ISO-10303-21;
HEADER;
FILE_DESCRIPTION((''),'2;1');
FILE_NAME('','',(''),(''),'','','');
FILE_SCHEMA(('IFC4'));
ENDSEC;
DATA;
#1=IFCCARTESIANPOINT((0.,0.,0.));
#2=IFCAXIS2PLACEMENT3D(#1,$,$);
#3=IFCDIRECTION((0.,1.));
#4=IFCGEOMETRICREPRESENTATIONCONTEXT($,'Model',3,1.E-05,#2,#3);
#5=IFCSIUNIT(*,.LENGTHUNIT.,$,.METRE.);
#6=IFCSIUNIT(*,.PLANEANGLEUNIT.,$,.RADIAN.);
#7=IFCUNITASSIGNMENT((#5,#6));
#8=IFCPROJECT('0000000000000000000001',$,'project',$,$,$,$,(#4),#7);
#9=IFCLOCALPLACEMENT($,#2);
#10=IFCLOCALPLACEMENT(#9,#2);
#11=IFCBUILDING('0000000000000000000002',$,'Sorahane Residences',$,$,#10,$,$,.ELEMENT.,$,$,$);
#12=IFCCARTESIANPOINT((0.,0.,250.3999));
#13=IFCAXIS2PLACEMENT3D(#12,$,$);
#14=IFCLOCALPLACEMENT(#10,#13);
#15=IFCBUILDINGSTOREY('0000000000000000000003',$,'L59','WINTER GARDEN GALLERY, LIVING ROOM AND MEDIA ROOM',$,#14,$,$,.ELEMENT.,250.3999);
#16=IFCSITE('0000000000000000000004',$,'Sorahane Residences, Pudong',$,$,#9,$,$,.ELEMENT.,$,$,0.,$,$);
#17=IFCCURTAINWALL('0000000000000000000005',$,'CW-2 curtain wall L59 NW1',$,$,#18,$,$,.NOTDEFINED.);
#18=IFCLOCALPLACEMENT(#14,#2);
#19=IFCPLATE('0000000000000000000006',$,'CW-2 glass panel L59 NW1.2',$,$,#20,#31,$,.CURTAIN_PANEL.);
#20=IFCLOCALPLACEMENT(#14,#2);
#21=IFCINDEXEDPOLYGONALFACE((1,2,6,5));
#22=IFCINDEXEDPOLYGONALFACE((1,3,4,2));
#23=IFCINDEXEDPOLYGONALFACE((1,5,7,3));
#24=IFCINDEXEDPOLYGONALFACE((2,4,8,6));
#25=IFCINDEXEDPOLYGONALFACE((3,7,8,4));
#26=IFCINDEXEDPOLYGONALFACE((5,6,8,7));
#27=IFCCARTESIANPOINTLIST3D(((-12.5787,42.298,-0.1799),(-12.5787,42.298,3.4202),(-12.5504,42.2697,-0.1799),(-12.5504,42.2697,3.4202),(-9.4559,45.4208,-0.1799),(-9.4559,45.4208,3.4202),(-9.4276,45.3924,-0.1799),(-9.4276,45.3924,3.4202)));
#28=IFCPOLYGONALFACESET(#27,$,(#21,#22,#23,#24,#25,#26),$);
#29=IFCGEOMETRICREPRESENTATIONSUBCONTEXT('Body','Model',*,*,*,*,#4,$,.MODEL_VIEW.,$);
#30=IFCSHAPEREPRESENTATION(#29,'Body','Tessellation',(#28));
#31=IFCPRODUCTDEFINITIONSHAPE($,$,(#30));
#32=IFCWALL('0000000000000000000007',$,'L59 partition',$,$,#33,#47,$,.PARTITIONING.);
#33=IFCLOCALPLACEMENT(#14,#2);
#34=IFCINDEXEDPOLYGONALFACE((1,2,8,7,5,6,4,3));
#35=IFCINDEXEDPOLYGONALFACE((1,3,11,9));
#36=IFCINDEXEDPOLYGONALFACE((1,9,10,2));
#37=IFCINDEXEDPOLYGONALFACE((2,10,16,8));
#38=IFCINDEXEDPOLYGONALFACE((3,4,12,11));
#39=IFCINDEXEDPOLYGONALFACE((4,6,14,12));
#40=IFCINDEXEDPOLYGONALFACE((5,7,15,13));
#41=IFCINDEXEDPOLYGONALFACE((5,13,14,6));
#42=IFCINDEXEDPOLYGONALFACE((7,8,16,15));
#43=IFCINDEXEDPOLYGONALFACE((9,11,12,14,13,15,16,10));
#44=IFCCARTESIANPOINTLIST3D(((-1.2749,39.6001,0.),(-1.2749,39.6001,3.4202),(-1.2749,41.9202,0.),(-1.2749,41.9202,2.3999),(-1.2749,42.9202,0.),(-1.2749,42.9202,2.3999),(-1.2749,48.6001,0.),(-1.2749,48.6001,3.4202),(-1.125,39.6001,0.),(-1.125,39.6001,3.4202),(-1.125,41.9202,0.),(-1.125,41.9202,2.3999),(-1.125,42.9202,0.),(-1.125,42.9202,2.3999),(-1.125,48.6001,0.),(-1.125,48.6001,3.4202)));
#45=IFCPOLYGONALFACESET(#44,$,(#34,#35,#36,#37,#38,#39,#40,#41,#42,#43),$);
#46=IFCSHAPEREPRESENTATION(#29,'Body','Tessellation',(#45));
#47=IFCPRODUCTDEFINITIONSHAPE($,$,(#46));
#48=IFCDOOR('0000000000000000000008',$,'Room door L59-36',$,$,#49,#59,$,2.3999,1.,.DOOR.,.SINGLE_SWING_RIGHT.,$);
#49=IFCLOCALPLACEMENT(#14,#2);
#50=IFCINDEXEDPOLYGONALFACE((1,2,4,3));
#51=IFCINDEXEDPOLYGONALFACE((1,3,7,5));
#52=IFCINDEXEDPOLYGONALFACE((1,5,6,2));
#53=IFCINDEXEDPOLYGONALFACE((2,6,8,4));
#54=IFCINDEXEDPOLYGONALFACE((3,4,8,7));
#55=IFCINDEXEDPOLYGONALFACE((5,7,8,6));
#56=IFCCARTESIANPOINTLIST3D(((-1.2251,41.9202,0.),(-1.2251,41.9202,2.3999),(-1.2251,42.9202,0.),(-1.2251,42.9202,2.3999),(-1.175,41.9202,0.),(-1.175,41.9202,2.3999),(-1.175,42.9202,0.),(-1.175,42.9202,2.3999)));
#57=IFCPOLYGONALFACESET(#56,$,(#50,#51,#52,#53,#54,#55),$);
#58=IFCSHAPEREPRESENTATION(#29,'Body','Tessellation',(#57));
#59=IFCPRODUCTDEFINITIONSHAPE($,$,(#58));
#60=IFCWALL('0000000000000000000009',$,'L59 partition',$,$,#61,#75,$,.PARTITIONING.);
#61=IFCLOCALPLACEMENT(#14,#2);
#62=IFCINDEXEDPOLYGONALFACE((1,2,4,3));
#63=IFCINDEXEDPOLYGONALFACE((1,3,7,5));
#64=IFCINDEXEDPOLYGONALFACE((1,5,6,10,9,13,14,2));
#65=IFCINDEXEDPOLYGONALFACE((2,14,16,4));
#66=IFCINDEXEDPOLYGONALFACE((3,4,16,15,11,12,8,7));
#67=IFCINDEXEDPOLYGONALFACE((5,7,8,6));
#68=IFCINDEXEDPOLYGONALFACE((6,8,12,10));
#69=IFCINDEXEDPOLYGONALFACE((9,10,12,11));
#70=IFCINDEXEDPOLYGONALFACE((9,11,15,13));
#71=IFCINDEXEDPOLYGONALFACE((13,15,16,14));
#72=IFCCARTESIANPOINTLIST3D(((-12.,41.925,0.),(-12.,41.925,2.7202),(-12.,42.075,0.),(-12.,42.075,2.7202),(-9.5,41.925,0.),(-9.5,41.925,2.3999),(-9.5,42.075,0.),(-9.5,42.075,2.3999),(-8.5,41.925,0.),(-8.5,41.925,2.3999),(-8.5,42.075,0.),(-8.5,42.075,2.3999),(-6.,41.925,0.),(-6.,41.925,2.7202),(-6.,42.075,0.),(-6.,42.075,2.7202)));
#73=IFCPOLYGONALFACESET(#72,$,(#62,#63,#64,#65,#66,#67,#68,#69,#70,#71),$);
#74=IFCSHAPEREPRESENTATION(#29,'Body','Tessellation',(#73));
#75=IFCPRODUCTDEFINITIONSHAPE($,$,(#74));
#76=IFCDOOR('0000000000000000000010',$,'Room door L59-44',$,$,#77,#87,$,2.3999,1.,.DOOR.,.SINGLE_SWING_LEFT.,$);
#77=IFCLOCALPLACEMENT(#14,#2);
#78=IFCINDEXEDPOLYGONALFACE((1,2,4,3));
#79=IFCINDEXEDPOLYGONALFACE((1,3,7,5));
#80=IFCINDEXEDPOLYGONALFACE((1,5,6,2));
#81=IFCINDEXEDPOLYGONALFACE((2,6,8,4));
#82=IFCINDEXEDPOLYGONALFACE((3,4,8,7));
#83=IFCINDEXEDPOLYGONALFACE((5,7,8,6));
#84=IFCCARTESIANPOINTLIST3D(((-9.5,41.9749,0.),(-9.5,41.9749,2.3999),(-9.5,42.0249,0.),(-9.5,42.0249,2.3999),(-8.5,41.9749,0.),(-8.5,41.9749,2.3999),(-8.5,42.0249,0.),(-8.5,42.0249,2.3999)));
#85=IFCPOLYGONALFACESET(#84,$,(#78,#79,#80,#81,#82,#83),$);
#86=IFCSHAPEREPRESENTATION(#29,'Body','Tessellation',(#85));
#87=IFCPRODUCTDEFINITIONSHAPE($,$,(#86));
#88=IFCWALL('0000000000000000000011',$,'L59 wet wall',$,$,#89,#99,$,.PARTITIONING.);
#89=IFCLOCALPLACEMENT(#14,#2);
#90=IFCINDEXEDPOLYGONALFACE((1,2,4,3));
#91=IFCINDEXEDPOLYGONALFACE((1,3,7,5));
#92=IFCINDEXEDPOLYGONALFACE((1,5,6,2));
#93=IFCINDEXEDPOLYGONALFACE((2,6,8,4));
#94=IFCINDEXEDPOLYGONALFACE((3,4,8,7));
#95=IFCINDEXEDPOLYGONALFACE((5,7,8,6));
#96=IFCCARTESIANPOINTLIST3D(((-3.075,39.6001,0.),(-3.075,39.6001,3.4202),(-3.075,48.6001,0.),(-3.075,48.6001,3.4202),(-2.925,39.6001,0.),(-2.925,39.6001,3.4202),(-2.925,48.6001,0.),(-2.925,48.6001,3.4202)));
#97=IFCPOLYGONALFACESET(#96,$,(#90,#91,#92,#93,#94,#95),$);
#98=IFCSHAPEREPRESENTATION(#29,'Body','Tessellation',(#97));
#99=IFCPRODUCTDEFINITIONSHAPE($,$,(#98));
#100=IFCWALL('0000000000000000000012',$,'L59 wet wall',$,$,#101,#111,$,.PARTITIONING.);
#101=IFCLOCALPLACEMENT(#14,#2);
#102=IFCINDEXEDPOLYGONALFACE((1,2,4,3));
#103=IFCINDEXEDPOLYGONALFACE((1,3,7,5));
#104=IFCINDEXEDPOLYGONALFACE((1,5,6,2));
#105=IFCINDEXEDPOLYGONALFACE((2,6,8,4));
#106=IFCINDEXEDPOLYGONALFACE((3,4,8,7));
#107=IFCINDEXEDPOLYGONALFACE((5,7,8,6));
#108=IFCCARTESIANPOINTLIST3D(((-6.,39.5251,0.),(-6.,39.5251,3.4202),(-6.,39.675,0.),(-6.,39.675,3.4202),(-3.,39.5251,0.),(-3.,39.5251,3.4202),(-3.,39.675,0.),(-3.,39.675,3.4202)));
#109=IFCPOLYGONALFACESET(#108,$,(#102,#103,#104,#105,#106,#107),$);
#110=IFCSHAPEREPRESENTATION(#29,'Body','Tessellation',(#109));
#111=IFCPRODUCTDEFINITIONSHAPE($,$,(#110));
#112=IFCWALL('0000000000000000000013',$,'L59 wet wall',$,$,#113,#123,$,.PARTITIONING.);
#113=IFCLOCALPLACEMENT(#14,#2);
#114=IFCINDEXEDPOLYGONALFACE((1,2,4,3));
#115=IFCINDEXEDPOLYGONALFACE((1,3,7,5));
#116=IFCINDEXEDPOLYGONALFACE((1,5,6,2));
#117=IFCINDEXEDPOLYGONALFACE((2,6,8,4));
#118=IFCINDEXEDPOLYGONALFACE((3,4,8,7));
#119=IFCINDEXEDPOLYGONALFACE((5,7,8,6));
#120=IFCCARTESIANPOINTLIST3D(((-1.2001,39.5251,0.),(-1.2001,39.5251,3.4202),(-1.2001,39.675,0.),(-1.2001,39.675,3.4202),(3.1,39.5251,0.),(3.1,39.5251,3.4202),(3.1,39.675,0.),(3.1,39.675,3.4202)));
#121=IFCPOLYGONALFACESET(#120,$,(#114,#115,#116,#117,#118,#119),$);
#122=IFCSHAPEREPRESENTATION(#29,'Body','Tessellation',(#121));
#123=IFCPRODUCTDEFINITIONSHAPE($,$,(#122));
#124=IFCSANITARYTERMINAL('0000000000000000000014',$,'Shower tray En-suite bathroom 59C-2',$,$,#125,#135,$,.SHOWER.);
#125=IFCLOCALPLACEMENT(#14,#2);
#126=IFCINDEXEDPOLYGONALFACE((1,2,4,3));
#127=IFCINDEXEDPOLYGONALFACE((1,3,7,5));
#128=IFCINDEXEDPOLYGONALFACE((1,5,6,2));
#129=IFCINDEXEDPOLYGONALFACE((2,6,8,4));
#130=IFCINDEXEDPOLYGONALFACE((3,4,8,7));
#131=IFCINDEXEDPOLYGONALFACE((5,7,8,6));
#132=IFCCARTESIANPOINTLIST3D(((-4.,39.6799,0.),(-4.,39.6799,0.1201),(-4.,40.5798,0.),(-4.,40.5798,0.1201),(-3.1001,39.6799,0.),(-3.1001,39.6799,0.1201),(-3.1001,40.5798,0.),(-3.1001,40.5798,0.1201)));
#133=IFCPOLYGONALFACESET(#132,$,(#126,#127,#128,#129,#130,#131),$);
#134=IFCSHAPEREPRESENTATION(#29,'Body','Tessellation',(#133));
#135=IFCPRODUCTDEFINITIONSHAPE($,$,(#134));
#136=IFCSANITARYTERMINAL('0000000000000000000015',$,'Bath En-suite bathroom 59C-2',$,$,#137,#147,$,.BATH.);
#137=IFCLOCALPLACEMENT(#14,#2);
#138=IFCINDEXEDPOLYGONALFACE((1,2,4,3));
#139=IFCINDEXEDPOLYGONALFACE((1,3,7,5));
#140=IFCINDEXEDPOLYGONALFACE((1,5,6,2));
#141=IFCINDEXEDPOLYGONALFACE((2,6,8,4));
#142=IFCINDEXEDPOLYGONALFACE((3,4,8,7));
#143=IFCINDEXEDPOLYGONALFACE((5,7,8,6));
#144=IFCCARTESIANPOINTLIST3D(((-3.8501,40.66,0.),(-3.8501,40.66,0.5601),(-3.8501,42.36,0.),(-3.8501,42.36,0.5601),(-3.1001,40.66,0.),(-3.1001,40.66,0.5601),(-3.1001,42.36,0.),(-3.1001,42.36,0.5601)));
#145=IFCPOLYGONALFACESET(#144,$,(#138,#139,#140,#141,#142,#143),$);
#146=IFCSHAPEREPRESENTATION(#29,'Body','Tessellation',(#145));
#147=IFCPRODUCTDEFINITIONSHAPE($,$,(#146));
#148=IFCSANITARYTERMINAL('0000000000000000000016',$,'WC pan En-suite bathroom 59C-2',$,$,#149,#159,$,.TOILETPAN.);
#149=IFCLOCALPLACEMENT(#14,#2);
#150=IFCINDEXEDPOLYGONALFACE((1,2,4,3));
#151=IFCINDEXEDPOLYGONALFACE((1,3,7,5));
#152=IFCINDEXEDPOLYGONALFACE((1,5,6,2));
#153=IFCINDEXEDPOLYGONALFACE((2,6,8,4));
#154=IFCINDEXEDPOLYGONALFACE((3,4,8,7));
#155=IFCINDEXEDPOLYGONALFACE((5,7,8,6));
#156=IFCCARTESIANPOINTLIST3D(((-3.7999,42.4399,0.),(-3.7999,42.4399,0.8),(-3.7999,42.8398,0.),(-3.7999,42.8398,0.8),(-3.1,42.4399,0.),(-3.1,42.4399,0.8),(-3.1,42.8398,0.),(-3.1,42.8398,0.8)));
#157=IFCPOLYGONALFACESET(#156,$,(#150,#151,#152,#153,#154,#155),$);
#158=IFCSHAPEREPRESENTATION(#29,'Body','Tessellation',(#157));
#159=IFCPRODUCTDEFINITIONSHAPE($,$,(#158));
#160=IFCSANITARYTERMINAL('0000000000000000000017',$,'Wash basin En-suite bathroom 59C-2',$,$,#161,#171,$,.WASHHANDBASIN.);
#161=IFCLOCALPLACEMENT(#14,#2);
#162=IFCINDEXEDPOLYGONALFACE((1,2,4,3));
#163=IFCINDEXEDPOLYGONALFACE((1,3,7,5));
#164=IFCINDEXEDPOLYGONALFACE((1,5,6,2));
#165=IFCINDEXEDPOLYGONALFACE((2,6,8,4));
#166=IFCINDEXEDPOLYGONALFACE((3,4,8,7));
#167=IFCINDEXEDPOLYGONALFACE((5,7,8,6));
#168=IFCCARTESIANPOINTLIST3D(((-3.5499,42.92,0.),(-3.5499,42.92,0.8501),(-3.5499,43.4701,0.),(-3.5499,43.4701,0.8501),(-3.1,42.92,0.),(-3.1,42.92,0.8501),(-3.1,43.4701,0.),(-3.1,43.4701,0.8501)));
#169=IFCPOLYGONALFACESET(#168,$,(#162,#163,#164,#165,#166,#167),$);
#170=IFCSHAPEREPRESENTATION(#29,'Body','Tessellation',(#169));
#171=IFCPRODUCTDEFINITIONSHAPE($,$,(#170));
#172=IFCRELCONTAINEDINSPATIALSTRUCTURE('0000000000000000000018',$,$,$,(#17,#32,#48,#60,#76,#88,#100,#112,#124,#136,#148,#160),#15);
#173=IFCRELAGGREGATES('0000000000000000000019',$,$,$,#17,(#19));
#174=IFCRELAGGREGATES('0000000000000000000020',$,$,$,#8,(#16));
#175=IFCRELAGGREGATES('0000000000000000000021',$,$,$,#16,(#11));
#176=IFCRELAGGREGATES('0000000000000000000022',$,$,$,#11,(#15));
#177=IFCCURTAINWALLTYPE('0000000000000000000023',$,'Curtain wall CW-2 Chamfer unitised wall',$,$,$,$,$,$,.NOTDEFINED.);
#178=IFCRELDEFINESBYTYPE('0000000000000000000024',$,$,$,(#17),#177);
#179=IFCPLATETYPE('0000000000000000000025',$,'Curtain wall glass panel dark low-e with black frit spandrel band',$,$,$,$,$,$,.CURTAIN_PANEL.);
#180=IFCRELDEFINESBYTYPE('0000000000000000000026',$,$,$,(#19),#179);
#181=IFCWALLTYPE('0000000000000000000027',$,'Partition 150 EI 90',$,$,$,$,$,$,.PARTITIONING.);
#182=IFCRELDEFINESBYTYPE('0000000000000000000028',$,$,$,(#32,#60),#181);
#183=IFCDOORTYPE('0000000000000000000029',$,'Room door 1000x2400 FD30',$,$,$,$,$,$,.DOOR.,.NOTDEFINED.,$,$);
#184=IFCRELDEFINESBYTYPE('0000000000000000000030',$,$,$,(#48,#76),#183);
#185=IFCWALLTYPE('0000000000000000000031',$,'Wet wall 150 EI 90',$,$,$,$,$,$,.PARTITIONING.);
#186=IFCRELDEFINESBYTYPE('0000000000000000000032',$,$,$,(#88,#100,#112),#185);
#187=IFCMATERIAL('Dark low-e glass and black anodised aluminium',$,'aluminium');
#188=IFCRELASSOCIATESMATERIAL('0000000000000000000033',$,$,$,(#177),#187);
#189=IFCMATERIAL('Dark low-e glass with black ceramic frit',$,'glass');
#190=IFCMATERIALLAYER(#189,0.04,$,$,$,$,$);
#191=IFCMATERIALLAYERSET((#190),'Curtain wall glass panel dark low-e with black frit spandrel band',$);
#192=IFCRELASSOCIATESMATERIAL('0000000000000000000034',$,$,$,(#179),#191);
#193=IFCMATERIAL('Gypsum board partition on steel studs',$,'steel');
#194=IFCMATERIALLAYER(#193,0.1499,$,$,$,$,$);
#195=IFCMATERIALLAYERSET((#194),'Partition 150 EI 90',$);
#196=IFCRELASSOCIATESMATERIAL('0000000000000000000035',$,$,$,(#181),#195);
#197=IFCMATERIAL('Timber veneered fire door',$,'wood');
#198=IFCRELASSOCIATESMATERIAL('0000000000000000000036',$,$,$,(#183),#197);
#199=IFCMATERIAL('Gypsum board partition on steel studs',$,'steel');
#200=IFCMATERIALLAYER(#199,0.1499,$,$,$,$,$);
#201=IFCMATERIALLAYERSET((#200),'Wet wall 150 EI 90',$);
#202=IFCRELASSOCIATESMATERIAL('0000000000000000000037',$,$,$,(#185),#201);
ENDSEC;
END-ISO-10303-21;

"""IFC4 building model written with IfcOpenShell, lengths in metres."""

from ifc_helpers import new_model, si_unit, direction, frame, frame_2d, origin, origin_2d, place, context, subcontext, project, spatial, rectangle, extrude, material, layer, layer_set, type_object, element, fill, aggregate, save


model = new_model("IFC4")

# Units and contexts
model_context = context("Model", 3, precision=1e-05, world=origin(), true_north=direction((0.0, 1.0)))
body_context = subcontext(model_context, "Body", "Model", "MODEL_VIEW")
ifc_project = project(units=[si_unit("LENGTHUNIT", "METRE"), si_unit("PLANEANGLEUNIT", "RADIAN")], contexts=[model_context])

# Site, building, storey
site_placement = place(None, origin())
site = spatial("IfcSite", under=ifc_project, at=site_placement, Name="Sorahane Residences, Pudong", CompositionType="ELEMENT", RefElevation=0.0)
building_placement = place(site_placement, origin())
building = spatial("IfcBuilding", under=site, at=building_placement, Name="Sorahane Residences", CompositionType="ELEMENT")
storey_placement = place(building_placement, frame((0.0, 0.0, 250.3999)))
storey = spatial("IfcBuildingStorey", under=building, at=storey_placement, Name="L59", Description="WINTER GARDEN GALLERY, LIVING ROOM AND MEDIA ROOM", CompositionType="ELEMENT", Elevation=250.3999)

# Curtain wall
ifc_material_1 = material(Name="Dark low-e glass and black anodised aluminium", Category="aluminium")
curtain_wall_type_1 = type_object("IfcCurtainWallType", Name="Curtain wall CW-2 Chamfer unitised wall", PredefinedType="NOTDEFINED", material=ifc_material_1)
curtain_wall_1_placement = place(storey_placement, origin())
curtain_wall_1 = element("IfcCurtainWall", 1, at=curtain_wall_1_placement, inside=storey, type_object=curtain_wall_type_1, Name="CW-2 curtain wall L59 NW1", PredefinedType="NOTDEFINED")

# Plate
ifc_material_2 = material(Name="Dark low-e glass with black ceramic frit", Category="glass")
ifc_layer_1 = layer(ifc_material_2, 0.04)
ifc_layer_set_1 = layer_set([ifc_layer_1], Name="Curtain wall glass panel dark low-e with black frit spandrel band")
plate_type = type_object("IfcPlateType", Name="Curtain wall glass panel dark low-e with black frit spandrel band", PredefinedType="CURTAIN_PANEL", material=ifc_layer_set_1)
plate_1_placement = place(storey_placement, frame((-11.0032, 43.8452, -0.1799), z_axis=(0.0, 0.0, 1.0), x_axis=(-0.707107, -0.707107, 0.0)))
plate_1 = element("IfcPlate", 2, at=plate_1_placement, type_object=plate_type, Name="CW-2 glass panel L59 NW1.2", PredefinedType="CURTAIN_PANEL", context=body_context, shape_type="SweptSolid", body=[
    extrude(rectangle(XDim=4.4163, YDim=0.04, at=origin_2d()), origin(), (0.0, 0.0, 1.0), 3.6001),
])
aggregate(curtain_wall_1, [plate_1])

# Walls, openings, doors
ifc_material_3 = material(Name="Gypsum board partition on steel studs", Category="steel")
ifc_layer_2 = layer(ifc_material_3, 0.1499)
ifc_layer_set_2 = layer_set([ifc_layer_2], Name="Partition 150 EI 90")
wall_type_1 = type_object("IfcWallType", Name="Partition 150 EI 90", PredefinedType="PARTITIONING", material=ifc_layer_set_2)
wall_1_placement = place(storey_placement, frame((-1.2, 39.6001, 0.0), z_axis=(0.0, 0.0, 1.0), x_axis=(0.0, 1.0, 0.0)))
wall_1 = element("IfcWall", 3, at=wall_1_placement, inside=storey, type_object=wall_type_1, Name="L59 partition", PredefinedType="PARTITIONING", context=body_context, shape_type="SweptSolid", body=[
    extrude(rectangle(XDim=9.0, YDim=0.1499, at=frame_2d((4.5, 0.0))), origin(), (0.0, 0.0, 1.0), 3.4202),
])
opening_1_placement = place(wall_1_placement, frame((2.3201, 0.0, 0.0)))
opening_1 = element("IfcOpeningElement", 4, at=opening_1_placement, cuts=wall_1, PredefinedType="OPENING", context=body_context, shape_type="SweptSolid", body=[
    extrude(rectangle(XDim=1.0, YDim=2.3999, at=frame_2d((0.5, 1.2))), frame((0.0, 0.085, 0.0), z_axis=(0.0, -1.0, 0.0), x_axis=(1.0, 0.0, 0.0)), (0.0, 0.0, 1.0), 0.1699),
])
ifc_material_4 = material(Name="Timber veneered fire door", Category="wood")
door_type = type_object("IfcDoorType", Name="Room door 1000x2400 FD30", OperationType="NOTDEFINED", PredefinedType="DOOR", material=ifc_material_4)
door_1_placement = place(opening_1_placement, frame((1.0, 0.0, 0.0), z_axis=(0.0, 0.0, 1.0), x_axis=(-1.0, 0.0, 0.0)))
door_1 = element("IfcDoor", 5, at=door_1_placement, inside=storey, type_object=door_type, Name="Room door L59-36", OperationType="SINGLE_SWING_RIGHT", OverallHeight=2.3999, OverallWidth=1.0, PredefinedType="DOOR", context=body_context, shape_type="SweptSolid", body=[
    extrude(rectangle(XDim=1.0, YDim=2.3999, at=frame_2d((0.5, 1.2))), frame((0.0, 0.0249, 0.0), z_axis=(0.0, -1.0, 0.0), x_axis=(1.0, 0.0, 0.0)), (0.0, 0.0, 1.0), 0.05),
])
fill(opening_1, door_1)
wall_2_placement = place(storey_placement, frame((-12.0, 42.0, 0.0), z_axis=(0.0, 0.0, 1.0), x_axis=(1.0, 0.0, 0.0)))
wall_2 = element("IfcWall", 6, at=wall_2_placement, inside=storey, type_object=wall_type_1, Name="L59 partition", PredefinedType="PARTITIONING", context=body_context, shape_type="SweptSolid", body=[
    extrude(rectangle(XDim=6.0, YDim=0.1499, at=frame_2d((3.0, 0.0))), origin(), (0.0, 0.0, 1.0), 2.7202),
])
opening_2_placement = place(wall_2_placement, frame((2.5, 0.0, 0.0)))
opening_2 = element("IfcOpeningElement", 7, at=opening_2_placement, cuts=wall_2, PredefinedType="OPENING", context=body_context, shape_type="SweptSolid", body=[
    extrude(rectangle(XDim=1.0, YDim=2.3999, at=frame_2d((0.5, 1.2))), frame((0.0, 0.085, 0.0), z_axis=(0.0, -1.0, 0.0), x_axis=(1.0, 0.0, 0.0)), (0.0, 0.0, 1.0), 0.1699),
])
door_2_placement = place(opening_2_placement, origin())
door_2 = element("IfcDoor", 8, at=door_2_placement, inside=storey, type_object=door_type, Name="Room door L59-44", OperationType="SINGLE_SWING_LEFT", OverallHeight=2.3999, OverallWidth=1.0, PredefinedType="DOOR", context=body_context, shape_type="SweptSolid", body=[
    extrude(rectangle(XDim=1.0, YDim=2.3999, at=frame_2d((0.5, 1.2))), frame((0.0, 0.0249, 0.0), z_axis=(0.0, -1.0, 0.0), x_axis=(1.0, 0.0, 0.0)), (0.0, 0.0, 1.0), 0.05),
])
fill(opening_2, door_2)

# Walls
ifc_material_5 = material(Name="Gypsum board partition on steel studs", Category="steel")
ifc_layer_3 = layer(ifc_material_5, 0.1499)
ifc_layer_set_3 = layer_set([ifc_layer_3], Name="Wet wall 150 EI 90")
wall_type_2 = type_object("IfcWallType", Name="Wet wall 150 EI 90", PredefinedType="PARTITIONING", material=ifc_layer_set_3)
wall_3_placement = place(storey_placement, frame((-3.0, 39.6001, 0.0), z_axis=(0.0, 0.0, 1.0), x_axis=(0.0, 1.0, 0.0)))
element("IfcWall", 9, at=wall_3_placement, inside=storey, type_object=wall_type_2, Name="L59 wet wall", PredefinedType="PARTITIONING", context=body_context, shape_type="SweptSolid", body=[
    extrude(rectangle(XDim=9.0, YDim=0.1499, at=frame_2d((4.5, 0.0))), origin(), (0.0, 0.0, 1.0), 3.4202),
])
wall_4_placement = place(storey_placement, frame((-6.0, 39.6001, 0.0), z_axis=(0.0, 0.0, 1.0), x_axis=(1.0, 0.0, 0.0)))
element("IfcWall", 10, at=wall_4_placement, inside=storey, type_object=wall_type_2, Name="L59 wet wall", PredefinedType="PARTITIONING", context=body_context, shape_type="SweptSolid", body=[
    extrude(rectangle(XDim=3.0, YDim=0.1499, at=frame_2d((1.5, 0.0))), origin(), (0.0, 0.0, 1.0), 3.4202),
])
wall_5_placement = place(storey_placement, frame((-1.2, 39.6001, 0.0), z_axis=(0.0, 0.0, 1.0), x_axis=(1.0, 0.0, 0.0)))
element("IfcWall", 11, at=wall_5_placement, inside=storey, type_object=wall_type_2, Name="L59 wet wall", PredefinedType="PARTITIONING", context=body_context, shape_type="SweptSolid", body=[
    extrude(rectangle(XDim=4.3, YDim=0.1499, at=frame_2d((2.1499, 0.0))), origin(), (0.0, 0.0, 1.0), 3.4202),
])

# Sanitary terminals
sanitary_terminal_1_placement = place(storey_placement, frame((-3.55, 40.1299, 0.0), z_axis=(0.0, 0.0, 1.0), x_axis=(0.0, -1.0, 0.0)))
element("IfcSanitaryTerminal", 12, at=sanitary_terminal_1_placement, inside=storey, Name="Shower tray En-suite bathroom 59C-2", PredefinedType="SHOWER", context=body_context, shape_type="SweptSolid", body=[
    extrude(rectangle(XDim=0.8999, YDim=0.8999, at=origin_2d()), origin(), (0.0, 0.0, 1.0), 0.1201),
])
sanitary_terminal_2_placement = place(storey_placement, frame((-3.4751, 41.51, 0.0), z_axis=(0.0, 0.0, 1.0), x_axis=(0.0, -1.0, 0.0)))
element("IfcSanitaryTerminal", 13, at=sanitary_terminal_2_placement, inside=storey, Name="Bath En-suite bathroom 59C-2", PredefinedType="BATH", context=body_context, shape_type="SweptSolid", body=[
    extrude(rectangle(XDim=1.7, YDim=0.75, at=origin_2d()), origin(), (0.0, 0.0, 1.0), 0.5601),
])
sanitary_terminal_3_placement = place(storey_placement, frame((-3.45, 42.6399, 0.0), z_axis=(0.0, 0.0, 1.0), x_axis=(0.0, -1.0, 0.0)))
element("IfcSanitaryTerminal", 14, at=sanitary_terminal_3_placement, inside=storey, Name="WC pan En-suite bathroom 59C-2", PredefinedType="TOILETPAN", context=body_context, shape_type="SweptSolid", body=[
    extrude(rectangle(XDim=0.3999, YDim=0.7, at=origin_2d()), origin(), (0.0, 0.0, 1.0), 0.8),
])
sanitary_terminal_4_placement = place(storey_placement, frame((-3.325, 43.1951, 0.0), z_axis=(0.0, 0.0, 1.0), x_axis=(0.0, -1.0, 0.0)))
element("IfcSanitaryTerminal", 15, at=sanitary_terminal_4_placement, inside=storey, Name="Wash basin En-suite bathroom 59C-2", PredefinedType="WASHHANDBASIN", context=body_context, shape_type="SweptSolid", body=[
    extrude(rectangle(XDim=0.55, YDim=0.45, at=origin_2d()), origin(), (0.0, 0.0, 1.0), 0.8501),
])

save(model, "model.ifc")
